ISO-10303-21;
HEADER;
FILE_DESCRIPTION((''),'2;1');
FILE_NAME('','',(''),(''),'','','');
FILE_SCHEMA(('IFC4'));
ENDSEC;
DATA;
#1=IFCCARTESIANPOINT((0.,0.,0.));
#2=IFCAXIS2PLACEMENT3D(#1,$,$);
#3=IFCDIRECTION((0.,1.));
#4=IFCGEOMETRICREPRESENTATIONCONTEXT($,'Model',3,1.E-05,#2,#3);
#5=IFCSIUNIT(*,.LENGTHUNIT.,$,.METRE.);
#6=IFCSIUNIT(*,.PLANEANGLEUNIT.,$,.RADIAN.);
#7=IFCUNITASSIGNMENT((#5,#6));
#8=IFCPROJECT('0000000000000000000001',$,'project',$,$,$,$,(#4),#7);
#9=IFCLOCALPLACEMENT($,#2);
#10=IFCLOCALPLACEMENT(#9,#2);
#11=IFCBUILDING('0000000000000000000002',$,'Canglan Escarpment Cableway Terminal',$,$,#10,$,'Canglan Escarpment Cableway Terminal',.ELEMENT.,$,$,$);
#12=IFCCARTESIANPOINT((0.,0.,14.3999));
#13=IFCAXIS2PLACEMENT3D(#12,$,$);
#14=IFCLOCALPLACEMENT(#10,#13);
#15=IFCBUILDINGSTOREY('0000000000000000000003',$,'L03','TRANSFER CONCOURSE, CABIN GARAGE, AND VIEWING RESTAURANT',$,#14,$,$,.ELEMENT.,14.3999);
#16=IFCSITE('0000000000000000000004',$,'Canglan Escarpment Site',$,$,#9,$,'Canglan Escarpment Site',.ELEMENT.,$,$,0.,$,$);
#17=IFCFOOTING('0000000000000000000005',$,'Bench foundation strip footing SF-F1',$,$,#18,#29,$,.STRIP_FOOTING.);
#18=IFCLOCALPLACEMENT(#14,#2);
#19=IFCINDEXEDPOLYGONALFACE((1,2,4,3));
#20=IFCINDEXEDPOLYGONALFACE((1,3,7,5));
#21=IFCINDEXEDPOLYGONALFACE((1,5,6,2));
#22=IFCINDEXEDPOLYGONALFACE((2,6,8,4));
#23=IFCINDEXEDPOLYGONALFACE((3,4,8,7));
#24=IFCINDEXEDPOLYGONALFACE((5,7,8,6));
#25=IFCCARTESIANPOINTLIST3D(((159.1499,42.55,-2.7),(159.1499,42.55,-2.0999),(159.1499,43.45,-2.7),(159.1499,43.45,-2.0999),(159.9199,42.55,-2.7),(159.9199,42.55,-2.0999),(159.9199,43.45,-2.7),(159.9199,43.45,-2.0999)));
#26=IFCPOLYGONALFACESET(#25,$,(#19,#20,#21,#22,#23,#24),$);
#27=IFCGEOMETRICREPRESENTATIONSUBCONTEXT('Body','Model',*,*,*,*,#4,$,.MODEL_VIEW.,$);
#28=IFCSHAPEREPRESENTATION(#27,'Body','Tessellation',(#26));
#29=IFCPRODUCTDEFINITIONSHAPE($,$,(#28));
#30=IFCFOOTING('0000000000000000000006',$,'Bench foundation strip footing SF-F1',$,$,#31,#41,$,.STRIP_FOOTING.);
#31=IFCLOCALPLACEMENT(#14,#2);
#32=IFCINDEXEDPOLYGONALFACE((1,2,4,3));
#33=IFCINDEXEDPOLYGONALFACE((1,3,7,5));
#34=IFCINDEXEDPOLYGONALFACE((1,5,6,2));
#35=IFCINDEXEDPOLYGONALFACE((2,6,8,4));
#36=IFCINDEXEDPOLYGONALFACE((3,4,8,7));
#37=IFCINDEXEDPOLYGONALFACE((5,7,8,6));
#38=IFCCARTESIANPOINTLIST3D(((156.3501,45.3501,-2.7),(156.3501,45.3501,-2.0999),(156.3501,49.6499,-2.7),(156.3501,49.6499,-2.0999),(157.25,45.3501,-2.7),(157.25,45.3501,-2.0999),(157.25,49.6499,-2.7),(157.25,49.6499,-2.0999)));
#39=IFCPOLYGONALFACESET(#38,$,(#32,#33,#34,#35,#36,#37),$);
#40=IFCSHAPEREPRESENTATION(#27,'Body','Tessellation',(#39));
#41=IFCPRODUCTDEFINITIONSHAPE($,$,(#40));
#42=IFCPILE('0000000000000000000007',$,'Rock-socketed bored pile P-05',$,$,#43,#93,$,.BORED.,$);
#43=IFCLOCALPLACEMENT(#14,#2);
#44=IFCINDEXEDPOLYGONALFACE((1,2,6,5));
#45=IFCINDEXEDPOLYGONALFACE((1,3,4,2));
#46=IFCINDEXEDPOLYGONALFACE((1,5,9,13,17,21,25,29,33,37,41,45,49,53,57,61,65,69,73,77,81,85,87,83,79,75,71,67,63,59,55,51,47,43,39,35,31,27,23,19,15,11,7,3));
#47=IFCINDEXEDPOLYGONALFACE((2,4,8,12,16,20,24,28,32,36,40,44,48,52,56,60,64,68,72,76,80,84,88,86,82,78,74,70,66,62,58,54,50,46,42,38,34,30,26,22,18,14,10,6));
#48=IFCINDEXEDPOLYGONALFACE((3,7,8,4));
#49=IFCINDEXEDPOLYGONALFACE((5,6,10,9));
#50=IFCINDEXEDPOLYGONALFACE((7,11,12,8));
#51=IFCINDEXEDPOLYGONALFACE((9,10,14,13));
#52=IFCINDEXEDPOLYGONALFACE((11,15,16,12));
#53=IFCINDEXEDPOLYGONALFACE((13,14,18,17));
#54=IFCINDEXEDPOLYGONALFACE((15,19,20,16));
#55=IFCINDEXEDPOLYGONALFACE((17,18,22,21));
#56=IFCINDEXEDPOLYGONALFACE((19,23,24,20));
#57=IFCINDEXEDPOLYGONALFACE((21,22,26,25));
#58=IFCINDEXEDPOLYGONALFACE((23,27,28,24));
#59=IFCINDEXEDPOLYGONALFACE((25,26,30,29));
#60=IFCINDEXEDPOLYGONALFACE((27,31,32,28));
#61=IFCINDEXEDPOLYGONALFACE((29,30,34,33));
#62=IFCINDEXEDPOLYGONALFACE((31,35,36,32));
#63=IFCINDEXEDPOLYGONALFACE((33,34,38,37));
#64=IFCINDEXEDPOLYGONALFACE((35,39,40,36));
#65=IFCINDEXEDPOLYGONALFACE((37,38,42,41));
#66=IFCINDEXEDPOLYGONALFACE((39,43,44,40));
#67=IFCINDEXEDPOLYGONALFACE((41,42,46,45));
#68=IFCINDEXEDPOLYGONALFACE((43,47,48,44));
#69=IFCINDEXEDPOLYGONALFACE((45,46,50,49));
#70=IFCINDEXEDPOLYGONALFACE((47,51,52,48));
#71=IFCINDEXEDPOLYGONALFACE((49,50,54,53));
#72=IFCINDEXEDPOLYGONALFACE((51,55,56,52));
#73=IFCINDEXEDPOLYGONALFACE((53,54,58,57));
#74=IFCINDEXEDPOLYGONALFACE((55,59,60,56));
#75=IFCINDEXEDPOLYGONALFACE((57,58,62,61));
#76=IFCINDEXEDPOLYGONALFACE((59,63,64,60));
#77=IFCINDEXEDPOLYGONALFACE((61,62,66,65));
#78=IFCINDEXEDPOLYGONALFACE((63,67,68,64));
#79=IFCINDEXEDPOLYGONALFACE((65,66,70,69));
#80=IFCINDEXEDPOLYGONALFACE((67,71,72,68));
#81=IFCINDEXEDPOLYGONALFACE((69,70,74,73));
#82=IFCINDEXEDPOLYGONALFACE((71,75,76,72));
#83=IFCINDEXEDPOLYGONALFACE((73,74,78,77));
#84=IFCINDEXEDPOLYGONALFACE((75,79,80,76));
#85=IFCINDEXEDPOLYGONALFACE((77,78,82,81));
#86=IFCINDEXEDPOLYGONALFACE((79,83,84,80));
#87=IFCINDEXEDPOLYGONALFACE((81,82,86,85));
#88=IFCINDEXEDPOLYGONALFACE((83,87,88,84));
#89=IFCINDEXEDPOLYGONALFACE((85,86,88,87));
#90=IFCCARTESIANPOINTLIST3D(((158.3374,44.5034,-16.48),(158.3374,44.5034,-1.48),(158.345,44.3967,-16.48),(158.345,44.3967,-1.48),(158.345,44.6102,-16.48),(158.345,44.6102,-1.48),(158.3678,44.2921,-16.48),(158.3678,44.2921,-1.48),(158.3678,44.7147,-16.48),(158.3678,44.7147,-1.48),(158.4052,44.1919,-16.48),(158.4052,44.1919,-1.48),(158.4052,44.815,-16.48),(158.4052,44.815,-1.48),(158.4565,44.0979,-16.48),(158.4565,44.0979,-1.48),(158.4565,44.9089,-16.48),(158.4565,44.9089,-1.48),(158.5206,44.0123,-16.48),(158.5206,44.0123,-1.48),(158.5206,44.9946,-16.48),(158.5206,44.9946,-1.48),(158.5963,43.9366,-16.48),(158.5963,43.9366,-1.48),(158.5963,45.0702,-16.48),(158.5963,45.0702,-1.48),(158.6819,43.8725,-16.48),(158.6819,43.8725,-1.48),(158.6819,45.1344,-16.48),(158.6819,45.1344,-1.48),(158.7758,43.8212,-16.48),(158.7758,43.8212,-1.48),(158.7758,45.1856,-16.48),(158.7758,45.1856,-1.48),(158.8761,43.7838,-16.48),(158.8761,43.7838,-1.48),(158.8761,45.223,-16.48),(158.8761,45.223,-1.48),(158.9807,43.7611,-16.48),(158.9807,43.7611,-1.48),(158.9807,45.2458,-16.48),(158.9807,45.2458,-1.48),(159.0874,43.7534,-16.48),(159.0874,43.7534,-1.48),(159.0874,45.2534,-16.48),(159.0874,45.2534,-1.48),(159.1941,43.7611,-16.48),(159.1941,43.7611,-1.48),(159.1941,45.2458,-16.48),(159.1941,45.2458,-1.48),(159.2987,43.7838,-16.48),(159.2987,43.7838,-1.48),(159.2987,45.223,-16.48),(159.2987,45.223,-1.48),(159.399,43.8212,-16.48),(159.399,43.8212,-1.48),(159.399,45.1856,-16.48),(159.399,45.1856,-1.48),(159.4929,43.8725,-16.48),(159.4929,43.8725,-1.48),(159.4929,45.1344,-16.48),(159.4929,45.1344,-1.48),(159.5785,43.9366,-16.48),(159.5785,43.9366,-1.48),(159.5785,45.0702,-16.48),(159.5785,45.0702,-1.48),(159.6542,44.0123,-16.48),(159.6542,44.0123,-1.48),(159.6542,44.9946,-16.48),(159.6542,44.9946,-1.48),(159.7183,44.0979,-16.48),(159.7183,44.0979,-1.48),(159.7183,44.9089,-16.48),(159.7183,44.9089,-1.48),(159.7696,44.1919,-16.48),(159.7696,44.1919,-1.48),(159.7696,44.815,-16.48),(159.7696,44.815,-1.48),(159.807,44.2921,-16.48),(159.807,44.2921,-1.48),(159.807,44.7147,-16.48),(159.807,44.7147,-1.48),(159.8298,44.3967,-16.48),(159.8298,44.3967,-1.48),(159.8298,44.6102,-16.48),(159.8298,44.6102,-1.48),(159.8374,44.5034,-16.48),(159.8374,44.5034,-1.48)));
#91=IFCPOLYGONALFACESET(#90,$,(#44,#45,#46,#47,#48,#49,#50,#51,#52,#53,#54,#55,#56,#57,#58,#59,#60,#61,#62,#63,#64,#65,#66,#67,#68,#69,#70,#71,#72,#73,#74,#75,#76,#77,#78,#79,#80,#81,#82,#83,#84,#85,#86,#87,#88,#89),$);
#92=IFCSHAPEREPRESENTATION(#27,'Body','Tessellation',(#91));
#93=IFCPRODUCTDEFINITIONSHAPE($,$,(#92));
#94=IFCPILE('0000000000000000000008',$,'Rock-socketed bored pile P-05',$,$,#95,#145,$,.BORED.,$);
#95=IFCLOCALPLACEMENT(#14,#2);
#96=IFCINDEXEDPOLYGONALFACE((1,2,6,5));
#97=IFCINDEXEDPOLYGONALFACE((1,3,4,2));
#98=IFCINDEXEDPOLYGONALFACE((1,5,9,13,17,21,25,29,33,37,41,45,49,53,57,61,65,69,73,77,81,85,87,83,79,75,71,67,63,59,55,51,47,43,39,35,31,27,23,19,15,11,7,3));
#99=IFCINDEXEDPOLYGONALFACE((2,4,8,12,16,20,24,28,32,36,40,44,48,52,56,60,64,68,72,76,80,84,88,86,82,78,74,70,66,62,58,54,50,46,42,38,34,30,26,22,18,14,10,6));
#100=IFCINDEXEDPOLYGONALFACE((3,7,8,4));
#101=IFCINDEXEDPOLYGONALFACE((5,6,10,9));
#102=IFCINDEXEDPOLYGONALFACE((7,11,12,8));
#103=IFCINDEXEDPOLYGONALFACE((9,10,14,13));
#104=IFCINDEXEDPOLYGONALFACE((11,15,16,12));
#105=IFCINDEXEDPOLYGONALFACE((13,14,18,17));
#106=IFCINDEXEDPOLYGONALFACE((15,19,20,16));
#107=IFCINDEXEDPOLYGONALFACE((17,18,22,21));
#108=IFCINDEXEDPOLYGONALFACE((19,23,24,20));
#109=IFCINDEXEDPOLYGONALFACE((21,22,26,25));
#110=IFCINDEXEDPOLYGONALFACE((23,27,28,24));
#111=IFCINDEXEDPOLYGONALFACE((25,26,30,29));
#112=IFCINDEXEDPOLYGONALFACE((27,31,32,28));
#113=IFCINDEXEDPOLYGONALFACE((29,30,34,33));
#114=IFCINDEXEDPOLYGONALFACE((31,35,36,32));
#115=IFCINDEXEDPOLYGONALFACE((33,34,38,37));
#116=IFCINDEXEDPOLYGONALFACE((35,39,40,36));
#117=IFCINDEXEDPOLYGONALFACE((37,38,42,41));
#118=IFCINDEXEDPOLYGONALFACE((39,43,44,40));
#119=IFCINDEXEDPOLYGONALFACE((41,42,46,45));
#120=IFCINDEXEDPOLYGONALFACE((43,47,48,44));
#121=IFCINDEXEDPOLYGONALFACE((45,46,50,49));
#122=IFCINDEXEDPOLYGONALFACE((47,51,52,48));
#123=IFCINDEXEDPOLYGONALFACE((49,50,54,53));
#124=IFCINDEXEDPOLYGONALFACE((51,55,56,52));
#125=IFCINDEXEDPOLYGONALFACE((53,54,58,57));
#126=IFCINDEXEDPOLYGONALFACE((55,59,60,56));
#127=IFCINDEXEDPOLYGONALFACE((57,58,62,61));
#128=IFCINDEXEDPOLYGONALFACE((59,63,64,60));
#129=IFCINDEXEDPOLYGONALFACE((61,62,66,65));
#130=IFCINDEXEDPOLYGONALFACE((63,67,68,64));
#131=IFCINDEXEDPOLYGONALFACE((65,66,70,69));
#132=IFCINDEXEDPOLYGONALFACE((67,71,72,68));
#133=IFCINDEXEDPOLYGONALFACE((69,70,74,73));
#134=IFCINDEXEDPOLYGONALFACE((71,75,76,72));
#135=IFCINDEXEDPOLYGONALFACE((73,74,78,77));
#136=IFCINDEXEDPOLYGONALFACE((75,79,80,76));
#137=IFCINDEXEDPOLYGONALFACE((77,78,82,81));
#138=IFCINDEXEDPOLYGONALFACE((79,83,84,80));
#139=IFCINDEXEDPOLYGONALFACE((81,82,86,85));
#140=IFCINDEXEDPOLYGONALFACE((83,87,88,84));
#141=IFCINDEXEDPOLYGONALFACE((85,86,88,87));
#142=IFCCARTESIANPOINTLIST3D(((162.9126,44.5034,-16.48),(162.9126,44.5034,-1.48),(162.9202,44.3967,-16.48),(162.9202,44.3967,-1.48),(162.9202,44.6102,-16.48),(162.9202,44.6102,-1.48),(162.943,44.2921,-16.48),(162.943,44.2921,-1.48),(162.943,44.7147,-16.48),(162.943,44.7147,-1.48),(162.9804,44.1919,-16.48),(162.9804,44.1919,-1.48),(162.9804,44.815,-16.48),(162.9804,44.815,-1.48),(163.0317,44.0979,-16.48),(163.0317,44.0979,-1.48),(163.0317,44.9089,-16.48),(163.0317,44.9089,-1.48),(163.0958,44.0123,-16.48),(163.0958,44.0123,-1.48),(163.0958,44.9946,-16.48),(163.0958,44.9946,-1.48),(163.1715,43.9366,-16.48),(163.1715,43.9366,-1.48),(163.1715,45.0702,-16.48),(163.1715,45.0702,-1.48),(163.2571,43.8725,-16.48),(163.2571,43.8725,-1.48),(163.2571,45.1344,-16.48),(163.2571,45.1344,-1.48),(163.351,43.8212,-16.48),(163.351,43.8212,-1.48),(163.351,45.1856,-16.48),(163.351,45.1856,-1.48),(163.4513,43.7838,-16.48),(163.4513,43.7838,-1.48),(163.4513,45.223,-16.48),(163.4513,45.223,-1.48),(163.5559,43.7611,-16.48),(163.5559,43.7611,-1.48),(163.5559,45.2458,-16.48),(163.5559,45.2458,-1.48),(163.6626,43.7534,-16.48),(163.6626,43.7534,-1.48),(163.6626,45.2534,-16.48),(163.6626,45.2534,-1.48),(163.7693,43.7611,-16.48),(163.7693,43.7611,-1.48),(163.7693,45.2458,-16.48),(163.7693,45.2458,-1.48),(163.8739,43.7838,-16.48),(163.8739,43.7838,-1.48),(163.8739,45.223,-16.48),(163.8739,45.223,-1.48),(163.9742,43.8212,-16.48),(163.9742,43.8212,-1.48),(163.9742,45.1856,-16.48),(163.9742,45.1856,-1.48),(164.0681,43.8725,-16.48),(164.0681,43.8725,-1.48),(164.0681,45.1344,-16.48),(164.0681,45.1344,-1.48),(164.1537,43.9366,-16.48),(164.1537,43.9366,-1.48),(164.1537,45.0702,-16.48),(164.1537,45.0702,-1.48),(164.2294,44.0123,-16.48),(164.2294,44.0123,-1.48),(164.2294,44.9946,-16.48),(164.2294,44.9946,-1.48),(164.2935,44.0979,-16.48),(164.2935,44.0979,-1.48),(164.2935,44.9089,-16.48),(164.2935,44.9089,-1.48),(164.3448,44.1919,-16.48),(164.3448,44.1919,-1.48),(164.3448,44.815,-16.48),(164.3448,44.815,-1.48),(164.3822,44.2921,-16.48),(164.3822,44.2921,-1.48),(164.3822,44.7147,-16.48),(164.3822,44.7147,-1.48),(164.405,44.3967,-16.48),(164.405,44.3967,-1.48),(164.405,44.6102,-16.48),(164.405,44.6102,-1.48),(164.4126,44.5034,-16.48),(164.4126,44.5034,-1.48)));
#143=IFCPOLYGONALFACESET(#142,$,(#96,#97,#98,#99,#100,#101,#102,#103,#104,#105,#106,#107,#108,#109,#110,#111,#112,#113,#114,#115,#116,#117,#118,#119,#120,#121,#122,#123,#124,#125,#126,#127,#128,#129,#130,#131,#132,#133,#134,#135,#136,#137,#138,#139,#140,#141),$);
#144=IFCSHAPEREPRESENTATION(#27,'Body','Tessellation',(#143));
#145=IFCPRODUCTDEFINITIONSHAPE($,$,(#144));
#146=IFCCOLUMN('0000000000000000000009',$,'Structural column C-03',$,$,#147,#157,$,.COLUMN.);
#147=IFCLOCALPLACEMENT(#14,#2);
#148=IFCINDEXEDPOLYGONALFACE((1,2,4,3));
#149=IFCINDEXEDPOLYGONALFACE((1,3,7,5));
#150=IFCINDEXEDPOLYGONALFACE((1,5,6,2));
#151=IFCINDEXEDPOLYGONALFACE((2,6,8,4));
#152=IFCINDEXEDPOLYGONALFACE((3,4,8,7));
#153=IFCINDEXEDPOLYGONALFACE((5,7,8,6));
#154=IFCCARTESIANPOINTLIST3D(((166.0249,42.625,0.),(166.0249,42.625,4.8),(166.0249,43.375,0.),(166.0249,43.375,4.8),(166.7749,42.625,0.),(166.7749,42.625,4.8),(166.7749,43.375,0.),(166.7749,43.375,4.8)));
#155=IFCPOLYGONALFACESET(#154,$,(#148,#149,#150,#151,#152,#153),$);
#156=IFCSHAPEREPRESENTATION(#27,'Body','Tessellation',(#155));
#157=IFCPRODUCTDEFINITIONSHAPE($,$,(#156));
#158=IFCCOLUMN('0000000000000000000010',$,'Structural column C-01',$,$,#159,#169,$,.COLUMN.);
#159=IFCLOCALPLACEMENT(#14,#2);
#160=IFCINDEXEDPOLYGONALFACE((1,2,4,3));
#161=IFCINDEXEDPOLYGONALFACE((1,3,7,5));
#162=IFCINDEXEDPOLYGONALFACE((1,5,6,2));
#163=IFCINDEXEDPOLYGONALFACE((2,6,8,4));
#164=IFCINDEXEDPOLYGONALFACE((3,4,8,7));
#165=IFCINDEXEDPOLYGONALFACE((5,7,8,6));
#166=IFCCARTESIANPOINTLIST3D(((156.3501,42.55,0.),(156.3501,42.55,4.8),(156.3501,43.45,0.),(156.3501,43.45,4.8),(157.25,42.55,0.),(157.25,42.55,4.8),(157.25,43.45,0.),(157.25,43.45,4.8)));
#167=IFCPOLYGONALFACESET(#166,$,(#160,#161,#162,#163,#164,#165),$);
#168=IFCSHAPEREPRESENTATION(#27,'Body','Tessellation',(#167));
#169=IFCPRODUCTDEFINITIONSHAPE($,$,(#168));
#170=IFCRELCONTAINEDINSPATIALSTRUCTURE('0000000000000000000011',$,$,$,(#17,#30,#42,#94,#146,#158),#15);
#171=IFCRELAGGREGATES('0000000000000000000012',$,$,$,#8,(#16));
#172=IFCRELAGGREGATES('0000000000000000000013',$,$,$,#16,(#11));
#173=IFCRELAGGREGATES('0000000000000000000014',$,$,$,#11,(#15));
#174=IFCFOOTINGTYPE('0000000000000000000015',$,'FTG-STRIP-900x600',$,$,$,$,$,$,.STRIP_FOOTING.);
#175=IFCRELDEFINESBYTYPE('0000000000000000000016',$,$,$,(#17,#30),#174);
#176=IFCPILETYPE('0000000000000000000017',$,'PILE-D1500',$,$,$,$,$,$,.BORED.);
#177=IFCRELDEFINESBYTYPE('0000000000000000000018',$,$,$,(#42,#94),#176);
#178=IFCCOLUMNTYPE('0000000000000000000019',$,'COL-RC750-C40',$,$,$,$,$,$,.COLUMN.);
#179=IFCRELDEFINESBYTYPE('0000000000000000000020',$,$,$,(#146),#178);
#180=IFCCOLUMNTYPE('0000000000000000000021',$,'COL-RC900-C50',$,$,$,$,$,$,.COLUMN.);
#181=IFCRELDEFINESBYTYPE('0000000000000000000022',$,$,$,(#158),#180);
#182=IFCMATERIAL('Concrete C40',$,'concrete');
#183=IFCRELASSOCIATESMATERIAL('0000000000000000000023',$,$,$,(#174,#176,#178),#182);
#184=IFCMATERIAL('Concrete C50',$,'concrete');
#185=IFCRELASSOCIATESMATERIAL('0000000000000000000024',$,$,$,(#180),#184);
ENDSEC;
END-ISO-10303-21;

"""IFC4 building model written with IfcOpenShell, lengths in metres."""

from ifc_helpers import new_model, si_unit, direction, frame, origin, origin_2d, place, context, subcontext, project, spatial, rectangle, circle, extrude, material, material_profile, profile_set, type_object, element, save


model = new_model("IFC4")

# Units and contexts
model_context = context("Model", 3, precision=1e-05, world=origin(), true_north=direction((0.0, 1.0)))
body_context = subcontext(model_context, "Body", "Model", "MODEL_VIEW")
ifc_project = project(units=[si_unit("LENGTHUNIT", "METRE"), si_unit("PLANEANGLEUNIT", "RADIAN")], contexts=[model_context])

# Site, building, storey
site_placement = place(None, origin())
site = spatial("IfcSite", under=ifc_project, at=site_placement, Name="Canglan Escarpment Site", LongName="Canglan Escarpment Site", CompositionType="ELEMENT", RefElevation=0.0)
building_placement = place(site_placement, origin())
building = spatial("IfcBuilding", under=site, at=building_placement, Name="Canglan Escarpment Cableway Terminal", LongName="Canglan Escarpment Cableway Terminal", CompositionType="ELEMENT")
storey_placement = place(building_placement, frame((0.0, 0.0, 14.3999)))
storey = spatial("IfcBuildingStorey", under=building, at=storey_placement, Name="L03", Description="TRANSFER CONCOURSE, CABIN GARAGE, AND VIEWING RESTAURANT", CompositionType="ELEMENT", Elevation=14.3999)

# Footings
ifc_material_1 = material(Name="Concrete C40", Category="concrete")
ifc_material_profile_1 = material_profile(ifc_material_1, rectangle(XDim=0.8999, YDim=0.6001, at=origin_2d()), Name="SF 900x600")
ifc_profile_set_1 = profile_set([ifc_material_profile_1], Name="Concrete C40")
footing_type = type_object("IfcFootingType", Name="FTG-STRIP-900x600", PredefinedType="STRIP_FOOTING", material=ifc_profile_set_1)
footing_1_placement = place(storey_placement, frame((159.1499, 43.0, -2.3999), z_axis=(1.0, 0.0, 0.0), x_axis=(0.0, 1.0, 0.0)))
element("IfcFooting", 1, at=footing_1_placement, inside=storey, type_object=footing_type, Name="Bench foundation strip footing SF-F1", PredefinedType="STRIP_FOOTING", context=body_context, shape_type="SweptSolid", body=[
    extrude(rectangle(XDim=0.8999, YDim=0.6001, at=origin_2d()), origin(), (0.0, 0.0, 1.0), 0.77),
])
footing_2_placement = place(storey_placement, frame((156.8, 45.3501, -2.3999), z_axis=(0.0, 1.0, 0.0), x_axis=(-1.0, 0.0, 0.0)))
element("IfcFooting", 2, at=footing_2_placement, inside=storey, type_object=footing_type, Name="Bench foundation strip footing SF-F1", PredefinedType="STRIP_FOOTING", context=body_context, shape_type="SweptSolid", body=[
    extrude(rectangle(XDim=0.8999, YDim=0.6001, at=origin_2d()), origin(), (0.0, 0.0, 1.0), 4.2998),
])

# Piles
ifc_material_profile_2 = material_profile(ifc_material_1, circle(Radius=0.75, at=origin_2d()), Name="BORED PILE D1500")
ifc_profile_set_2 = profile_set([ifc_material_profile_2], Name="Concrete C40")
pile_type = type_object("IfcPileType", Name="PILE-D1500", PredefinedType="BORED", material=ifc_profile_set_2)
for number, where, z_axis, x_axis, name in (
    (3, (159.0874, 44.5034, -1.48), (0.0, 0.0, -1.0), (1.0, 0.0, 0.0), "Rock-socketed bored pile P-05"),
    (4, (163.6626, 44.5034, -1.48), (0.0, 0.0, -1.0), (1.0, 0.0, 0.0), "Rock-socketed bored pile P-05"),
):
    element("IfcPile", number, at=place(storey_placement, frame(where, z_axis=z_axis, x_axis=x_axis)), inside=storey, type_object=pile_type, Name=name, PredefinedType="BORED", context=body_context, shape_type="SweptSolid", body=[
        extrude(circle(Radius=0.75, at=origin_2d()), origin(), (0.0, 0.0, 1.0), 15.0),
    ])

# Columns
ifc_material_profile_3 = material_profile(ifc_material_1, rectangle(XDim=0.75, YDim=0.75, at=origin_2d()), Name="RC 750x750")
ifc_profile_set_3 = profile_set([ifc_material_profile_3], Name="Concrete C40")
column_type_1 = type_object("IfcColumnType", Name="COL-RC750-C40", PredefinedType="COLUMN", material=ifc_profile_set_3)
column_1_placement = place(storey_placement, frame((166.3999, 43.0, 0.0), z_axis=(0.0, 0.0, 1.0), x_axis=(1.0, 0.0, 0.0)))
element("IfcColumn", 5, at=column_1_placement, inside=storey, type_object=column_type_1, Name="Structural column C-03", PredefinedType="COLUMN", context=body_context, shape_type="SweptSolid", body=[
    extrude(rectangle(XDim=0.75, YDim=0.75, at=origin_2d()), origin(), (0.0, 0.0, 1.0), 4.8),
])
ifc_material_2 = material(Name="Concrete C50", Category="concrete")
ifc_material_profile_4 = material_profile(ifc_material_2, rectangle(XDim=0.8999, YDim=0.8999, at=origin_2d()), Name="RC 900x900")
ifc_profile_set_4 = profile_set([ifc_material_profile_4], Name="Concrete C50")
column_type_2 = type_object("IfcColumnType", Name="COL-RC900-C50", PredefinedType="COLUMN", material=ifc_profile_set_4)
column_2_placement = place(storey_placement, frame((156.8, 43.0, 0.0), z_axis=(0.0, 0.0, 1.0), x_axis=(1.0, 0.0, 0.0)))
element("IfcColumn", 6, at=column_2_placement, inside=storey, type_object=column_type_2, Name="Structural column C-01", PredefinedType="COLUMN", context=body_context, shape_type="SweptSolid", body=[
    extrude(rectangle(XDim=0.8999, YDim=0.8999, at=origin_2d()), origin(), (0.0, 0.0, 1.0), 4.8),
])

save(model, "model.ifc")
